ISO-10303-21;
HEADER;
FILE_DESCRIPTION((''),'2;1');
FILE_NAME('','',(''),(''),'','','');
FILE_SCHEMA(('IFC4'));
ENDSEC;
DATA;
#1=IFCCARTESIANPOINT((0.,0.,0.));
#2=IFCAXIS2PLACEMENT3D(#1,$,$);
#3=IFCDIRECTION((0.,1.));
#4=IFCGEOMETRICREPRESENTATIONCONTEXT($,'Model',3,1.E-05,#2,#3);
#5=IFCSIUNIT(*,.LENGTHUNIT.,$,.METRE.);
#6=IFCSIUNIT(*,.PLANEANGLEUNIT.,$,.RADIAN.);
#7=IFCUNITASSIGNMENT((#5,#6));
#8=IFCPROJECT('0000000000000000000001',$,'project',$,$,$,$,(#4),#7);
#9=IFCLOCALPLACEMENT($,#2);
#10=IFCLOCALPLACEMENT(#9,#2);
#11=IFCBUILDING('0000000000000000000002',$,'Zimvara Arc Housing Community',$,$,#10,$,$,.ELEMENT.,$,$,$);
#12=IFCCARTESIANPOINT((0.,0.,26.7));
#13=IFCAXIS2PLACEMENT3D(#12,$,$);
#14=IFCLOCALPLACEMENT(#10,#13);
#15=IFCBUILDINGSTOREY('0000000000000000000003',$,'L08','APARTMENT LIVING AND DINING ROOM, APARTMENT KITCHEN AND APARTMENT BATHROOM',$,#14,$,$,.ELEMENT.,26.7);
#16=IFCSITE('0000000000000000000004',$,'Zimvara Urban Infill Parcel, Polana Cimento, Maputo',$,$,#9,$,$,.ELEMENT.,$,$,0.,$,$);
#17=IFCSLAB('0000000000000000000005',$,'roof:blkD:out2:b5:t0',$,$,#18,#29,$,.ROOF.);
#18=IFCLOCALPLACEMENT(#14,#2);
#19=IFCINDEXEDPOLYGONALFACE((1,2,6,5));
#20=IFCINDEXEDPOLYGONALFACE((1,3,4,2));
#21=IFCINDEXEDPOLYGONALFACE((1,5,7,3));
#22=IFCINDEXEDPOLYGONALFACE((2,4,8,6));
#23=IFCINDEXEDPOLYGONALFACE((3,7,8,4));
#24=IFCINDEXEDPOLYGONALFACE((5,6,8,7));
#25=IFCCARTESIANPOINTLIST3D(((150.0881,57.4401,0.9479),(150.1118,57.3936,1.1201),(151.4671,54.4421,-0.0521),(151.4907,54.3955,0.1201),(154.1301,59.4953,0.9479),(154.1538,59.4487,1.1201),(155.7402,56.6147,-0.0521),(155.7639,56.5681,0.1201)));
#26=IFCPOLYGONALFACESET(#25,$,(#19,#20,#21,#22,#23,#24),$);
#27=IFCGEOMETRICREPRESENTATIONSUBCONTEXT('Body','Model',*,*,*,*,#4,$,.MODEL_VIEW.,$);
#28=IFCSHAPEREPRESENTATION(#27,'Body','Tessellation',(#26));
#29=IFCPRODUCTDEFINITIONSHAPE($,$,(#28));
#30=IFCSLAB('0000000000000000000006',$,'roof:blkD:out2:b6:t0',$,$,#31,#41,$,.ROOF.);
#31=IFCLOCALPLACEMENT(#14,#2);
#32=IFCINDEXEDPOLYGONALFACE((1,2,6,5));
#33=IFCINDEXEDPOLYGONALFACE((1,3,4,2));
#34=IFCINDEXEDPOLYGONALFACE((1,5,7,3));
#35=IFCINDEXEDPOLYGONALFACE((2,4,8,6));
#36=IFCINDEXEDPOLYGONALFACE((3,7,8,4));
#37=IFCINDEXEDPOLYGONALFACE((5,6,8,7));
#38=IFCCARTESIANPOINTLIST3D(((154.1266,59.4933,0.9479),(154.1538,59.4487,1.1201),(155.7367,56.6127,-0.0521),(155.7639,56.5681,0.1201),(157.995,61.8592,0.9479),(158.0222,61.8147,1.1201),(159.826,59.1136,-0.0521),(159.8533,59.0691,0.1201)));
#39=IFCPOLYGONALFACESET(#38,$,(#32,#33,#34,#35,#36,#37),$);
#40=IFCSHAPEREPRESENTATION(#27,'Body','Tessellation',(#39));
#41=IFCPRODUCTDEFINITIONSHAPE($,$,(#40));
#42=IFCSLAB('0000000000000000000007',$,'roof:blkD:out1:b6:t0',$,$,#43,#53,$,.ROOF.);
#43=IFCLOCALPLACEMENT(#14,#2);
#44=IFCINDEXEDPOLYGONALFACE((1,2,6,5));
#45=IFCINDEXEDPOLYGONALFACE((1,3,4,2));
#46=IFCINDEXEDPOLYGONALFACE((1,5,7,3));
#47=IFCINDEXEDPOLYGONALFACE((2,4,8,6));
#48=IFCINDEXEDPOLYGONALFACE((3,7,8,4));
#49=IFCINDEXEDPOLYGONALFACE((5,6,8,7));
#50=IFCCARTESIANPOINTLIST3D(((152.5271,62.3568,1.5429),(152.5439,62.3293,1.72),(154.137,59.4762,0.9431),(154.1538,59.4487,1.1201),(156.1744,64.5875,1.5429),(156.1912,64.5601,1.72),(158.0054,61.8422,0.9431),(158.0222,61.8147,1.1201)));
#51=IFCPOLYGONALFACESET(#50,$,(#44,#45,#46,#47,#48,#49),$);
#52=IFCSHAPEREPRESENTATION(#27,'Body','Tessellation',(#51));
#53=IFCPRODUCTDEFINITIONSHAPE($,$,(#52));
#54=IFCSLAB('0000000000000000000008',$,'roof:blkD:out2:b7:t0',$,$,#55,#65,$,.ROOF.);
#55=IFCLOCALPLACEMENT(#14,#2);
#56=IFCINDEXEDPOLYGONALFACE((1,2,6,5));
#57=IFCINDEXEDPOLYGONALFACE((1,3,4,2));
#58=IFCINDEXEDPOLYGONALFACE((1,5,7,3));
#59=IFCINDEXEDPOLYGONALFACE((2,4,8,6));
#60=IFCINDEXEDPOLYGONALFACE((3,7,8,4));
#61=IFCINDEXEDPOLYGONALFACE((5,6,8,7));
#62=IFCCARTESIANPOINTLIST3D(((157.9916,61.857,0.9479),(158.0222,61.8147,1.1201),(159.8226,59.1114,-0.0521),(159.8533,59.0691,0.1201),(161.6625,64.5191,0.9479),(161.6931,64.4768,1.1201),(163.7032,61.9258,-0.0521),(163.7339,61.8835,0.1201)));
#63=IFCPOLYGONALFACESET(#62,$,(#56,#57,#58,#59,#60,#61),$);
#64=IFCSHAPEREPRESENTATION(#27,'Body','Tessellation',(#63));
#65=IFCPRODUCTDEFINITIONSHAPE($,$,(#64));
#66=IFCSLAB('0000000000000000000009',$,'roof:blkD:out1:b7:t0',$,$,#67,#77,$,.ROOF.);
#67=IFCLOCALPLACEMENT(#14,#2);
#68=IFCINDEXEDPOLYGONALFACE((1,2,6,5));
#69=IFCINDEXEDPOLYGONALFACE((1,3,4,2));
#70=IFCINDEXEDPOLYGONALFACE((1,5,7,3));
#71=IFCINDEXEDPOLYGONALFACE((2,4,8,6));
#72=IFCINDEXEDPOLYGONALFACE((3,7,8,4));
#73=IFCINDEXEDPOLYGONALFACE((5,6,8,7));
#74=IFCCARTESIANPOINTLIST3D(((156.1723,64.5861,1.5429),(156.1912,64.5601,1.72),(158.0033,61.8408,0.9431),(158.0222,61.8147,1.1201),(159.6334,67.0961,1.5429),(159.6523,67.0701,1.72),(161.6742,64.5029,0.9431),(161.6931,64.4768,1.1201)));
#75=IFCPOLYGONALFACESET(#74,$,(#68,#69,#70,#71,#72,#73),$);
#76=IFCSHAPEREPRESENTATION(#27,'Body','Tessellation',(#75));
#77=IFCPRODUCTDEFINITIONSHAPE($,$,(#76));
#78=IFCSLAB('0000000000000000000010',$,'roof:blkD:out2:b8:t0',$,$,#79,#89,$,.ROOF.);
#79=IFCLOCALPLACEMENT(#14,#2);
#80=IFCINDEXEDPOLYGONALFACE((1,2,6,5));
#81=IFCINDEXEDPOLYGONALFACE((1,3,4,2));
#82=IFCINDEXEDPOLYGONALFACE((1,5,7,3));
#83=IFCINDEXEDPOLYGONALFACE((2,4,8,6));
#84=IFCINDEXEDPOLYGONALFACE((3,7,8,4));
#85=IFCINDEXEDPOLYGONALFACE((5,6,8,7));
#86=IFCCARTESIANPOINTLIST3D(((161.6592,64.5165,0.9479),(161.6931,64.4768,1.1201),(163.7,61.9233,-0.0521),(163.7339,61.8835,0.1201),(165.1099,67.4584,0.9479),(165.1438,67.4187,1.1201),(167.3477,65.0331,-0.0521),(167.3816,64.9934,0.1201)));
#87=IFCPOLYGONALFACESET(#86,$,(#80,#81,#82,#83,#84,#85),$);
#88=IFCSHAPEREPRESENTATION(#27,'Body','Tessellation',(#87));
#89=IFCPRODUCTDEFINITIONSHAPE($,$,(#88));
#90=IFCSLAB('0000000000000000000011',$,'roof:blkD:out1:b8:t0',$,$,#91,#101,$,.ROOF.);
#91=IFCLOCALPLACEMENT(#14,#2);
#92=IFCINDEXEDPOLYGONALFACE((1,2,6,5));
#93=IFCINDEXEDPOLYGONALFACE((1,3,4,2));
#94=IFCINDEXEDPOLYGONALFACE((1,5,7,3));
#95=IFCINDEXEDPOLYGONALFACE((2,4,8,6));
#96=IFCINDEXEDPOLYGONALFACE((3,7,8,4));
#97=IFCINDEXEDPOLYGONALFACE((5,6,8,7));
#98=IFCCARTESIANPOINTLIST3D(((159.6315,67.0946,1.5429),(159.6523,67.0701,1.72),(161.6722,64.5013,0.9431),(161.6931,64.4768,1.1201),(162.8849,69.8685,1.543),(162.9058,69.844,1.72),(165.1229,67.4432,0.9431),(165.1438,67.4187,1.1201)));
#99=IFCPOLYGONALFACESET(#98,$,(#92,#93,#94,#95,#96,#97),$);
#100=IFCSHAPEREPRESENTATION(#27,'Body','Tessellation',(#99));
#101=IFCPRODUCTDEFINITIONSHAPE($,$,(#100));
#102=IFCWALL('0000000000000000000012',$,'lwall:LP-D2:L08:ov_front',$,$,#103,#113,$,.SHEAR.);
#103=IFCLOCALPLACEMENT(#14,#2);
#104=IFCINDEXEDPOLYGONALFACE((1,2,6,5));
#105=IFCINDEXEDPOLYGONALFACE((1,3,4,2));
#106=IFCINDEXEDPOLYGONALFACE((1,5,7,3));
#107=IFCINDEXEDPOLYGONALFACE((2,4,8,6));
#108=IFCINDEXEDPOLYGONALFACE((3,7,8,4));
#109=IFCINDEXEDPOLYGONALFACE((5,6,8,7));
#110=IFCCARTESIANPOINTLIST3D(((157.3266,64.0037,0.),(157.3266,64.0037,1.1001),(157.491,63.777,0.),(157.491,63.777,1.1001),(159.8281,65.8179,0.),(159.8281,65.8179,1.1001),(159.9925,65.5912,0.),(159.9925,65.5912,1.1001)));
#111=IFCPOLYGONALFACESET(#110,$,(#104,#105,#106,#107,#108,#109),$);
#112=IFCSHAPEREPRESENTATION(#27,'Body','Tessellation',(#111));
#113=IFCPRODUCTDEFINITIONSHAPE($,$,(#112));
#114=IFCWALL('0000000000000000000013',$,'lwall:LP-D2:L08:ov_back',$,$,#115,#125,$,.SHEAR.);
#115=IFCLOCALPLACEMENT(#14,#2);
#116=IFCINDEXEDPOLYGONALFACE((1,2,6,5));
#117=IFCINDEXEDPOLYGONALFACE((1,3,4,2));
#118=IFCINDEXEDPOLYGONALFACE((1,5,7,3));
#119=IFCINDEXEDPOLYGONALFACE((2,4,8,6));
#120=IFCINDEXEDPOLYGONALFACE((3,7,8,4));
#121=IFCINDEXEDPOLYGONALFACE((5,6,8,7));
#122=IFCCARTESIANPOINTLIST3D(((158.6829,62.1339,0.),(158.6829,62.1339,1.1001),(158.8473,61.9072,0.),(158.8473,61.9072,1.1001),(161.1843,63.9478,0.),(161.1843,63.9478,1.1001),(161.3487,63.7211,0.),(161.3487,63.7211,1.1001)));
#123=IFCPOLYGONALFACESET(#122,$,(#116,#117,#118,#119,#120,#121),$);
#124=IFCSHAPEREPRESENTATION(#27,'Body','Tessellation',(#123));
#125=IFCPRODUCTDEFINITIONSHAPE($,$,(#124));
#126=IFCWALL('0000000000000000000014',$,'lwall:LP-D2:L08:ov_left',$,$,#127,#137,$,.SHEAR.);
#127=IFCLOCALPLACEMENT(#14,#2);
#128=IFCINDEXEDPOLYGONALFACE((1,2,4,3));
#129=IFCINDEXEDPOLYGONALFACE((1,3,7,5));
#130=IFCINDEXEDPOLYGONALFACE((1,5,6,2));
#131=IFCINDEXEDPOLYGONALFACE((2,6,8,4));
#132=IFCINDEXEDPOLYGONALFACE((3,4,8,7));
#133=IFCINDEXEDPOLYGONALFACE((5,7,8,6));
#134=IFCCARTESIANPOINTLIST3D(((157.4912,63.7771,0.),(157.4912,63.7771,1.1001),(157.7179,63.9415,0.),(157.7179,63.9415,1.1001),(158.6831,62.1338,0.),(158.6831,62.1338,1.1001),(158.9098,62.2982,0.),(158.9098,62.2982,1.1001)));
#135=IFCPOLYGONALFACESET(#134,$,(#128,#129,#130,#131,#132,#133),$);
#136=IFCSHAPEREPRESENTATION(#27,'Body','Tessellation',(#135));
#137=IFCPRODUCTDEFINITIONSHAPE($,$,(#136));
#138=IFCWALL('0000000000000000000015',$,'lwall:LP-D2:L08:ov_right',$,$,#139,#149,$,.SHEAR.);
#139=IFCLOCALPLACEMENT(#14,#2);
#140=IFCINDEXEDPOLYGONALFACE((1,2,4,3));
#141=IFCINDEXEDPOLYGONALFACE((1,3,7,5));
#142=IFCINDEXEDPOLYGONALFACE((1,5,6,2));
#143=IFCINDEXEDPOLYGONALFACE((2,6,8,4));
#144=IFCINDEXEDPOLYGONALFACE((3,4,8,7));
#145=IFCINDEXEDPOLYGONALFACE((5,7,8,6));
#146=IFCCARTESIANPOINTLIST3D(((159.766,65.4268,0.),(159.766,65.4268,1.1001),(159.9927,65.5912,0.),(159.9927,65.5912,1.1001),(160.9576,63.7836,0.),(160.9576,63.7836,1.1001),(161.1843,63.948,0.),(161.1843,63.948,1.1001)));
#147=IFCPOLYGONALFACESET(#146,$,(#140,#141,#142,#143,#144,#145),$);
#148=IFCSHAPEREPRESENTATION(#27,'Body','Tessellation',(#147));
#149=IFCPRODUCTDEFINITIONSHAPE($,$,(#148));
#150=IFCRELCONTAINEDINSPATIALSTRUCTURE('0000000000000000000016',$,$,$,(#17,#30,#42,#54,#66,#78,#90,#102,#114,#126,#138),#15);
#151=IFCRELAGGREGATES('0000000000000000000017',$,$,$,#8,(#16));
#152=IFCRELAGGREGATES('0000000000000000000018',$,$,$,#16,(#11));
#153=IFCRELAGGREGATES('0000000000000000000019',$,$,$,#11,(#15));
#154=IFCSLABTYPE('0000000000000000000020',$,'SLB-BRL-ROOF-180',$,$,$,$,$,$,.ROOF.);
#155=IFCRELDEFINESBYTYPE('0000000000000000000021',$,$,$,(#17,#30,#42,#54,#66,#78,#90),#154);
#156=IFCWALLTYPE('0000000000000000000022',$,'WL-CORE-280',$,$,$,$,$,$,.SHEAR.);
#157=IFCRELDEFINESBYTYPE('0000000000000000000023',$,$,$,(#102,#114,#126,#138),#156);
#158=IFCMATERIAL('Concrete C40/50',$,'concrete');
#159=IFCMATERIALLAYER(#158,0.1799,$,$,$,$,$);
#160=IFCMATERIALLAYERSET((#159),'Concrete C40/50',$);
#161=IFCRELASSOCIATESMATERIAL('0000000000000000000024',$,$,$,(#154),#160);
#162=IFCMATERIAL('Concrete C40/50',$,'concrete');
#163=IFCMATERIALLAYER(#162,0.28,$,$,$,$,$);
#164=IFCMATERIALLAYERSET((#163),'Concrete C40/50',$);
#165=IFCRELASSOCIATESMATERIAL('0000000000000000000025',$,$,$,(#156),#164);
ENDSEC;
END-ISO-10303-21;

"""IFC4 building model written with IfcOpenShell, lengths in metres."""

from ifc_helpers import new_model, si_unit, direction, frame, frame_2d, origin, place, context, subcontext, project, spatial, polyline, rectangle, outline, extrude, material, layer, layer_set, type_object, element, save


model = new_model("IFC4")

# Units and contexts
model_context = context("Model", 3, precision=1e-05, world=origin(), true_north=direction((0.0, 1.0)))
body_context = subcontext(model_context, "Body", "Model", "MODEL_VIEW")
ifc_project = project(units=[si_unit("LENGTHUNIT", "METRE"), si_unit("PLANEANGLEUNIT", "RADIAN")], contexts=[model_context])

# Site, building, storey
site_placement = place(None, origin())
site = spatial("IfcSite", under=ifc_project, at=site_placement, Name="Zimvara Urban Infill Parcel, Polana Cimento, Maputo", CompositionType="ELEMENT", RefElevation=0.0)
building_placement = place(site_placement, origin())
building = spatial("IfcBuilding", under=site, at=building_placement, Name="Zimvara Arc Housing Community", CompositionType="ELEMENT")
storey_placement = place(building_placement, frame((0.0, 0.0, 26.7)))
storey = spatial("IfcBuildingStorey", under=building, at=storey_placement, Name="L08", Description="APARTMENT LIVING AND DINING ROOM, APARTMENT KITCHEN AND APARTMENT BATHROOM", CompositionType="ELEMENT", Elevation=26.7)

# Slabs
ifc_material_1 = material(Name="Concrete C40/50", Category="concrete")
ifc_layer_1 = layer(ifc_material_1, 0.1799)
ifc_layer_set_1 = layer_set([ifc_layer_1], Name="Concrete C40/50")
slab_type = type_object("IfcSlabType", Name="SLB-BRL-ROOF-180", PredefinedType="ROOF", material=ifc_layer_set_1)
slab_1_placement = place(storey_placement, frame((155.7639, 56.5681, 0.1201), z_axis=(0.131531, -0.258694, 0.956962), x_axis=(-0.891402, -0.453214, 0.000003)))
element("IfcSlab", 1, at=slab_1_placement, inside=storey, type_object=slab_type, Name="roof:blkD:out2:b5:t0", PredefinedType="ROOF", context=body_context, shape_type="SweptSolid", body=[
    extrude(outline(polyline([(0.0, 0.0), (4.7938, 0.0), (4.6642, -3.4457), (0.1297, -3.4458), (0.0, 0.0)])), origin(), (0.0, 0.0, -1.0), 0.1799),
])
slab_2_placement = place(storey_placement, frame((159.8533, 59.0691, 0.1201), z_axis=(0.151414, -0.247571, 0.956965), x_axis=(-0.853103, -0.521743, 0.000003)))
element("IfcSlab", 2, at=slab_2_placement, inside=storey, type_object=slab_type, Name="roof:blkD:out2:b6:t0", PredefinedType="ROOF", context=body_context, shape_type="SweptSolid", body=[
    extrude(outline(polyline([(0.0, 0.0), (4.7935, 0.0), (4.6642, -3.4458), (0.1296, -3.4459), (0.0, 0.0)])), origin(), (0.0, 0.0, -1.0), 0.1799),
])
slab_3_placement = place(storey_placement, frame((158.0222, 61.8147, 1.1201), z_axis=(0.093385, -0.152686, 0.983853), x_axis=(-0.853091, -0.521761, 0.000001)))
element("IfcSlab", 3, at=slab_3_placement, inside=storey, type_object=slab_type, Name="roof:blkD:out1:b6:t0", PredefinedType="ROOF", context=body_context, shape_type="SweptSolid", body=[
    extrude(outline(polyline([(0.0, 0.0), (4.5346, 0.0), (4.4049, -3.3515), (0.1296, -3.3515), (0.0, 0.0)])), origin(), (0.0, 0.0, -1.0), 0.1799),
])
slab_4_placement = place(storey_placement, frame((163.7339, 61.8835, 0.1201), z_axis=(0.170377, -0.234929, 0.956964), x_axis=(-0.809512, -0.587104, -0.000006)))
element("IfcSlab", 4, at=slab_4_placement, inside=storey, type_object=slab_type, Name="roof:blkD:out2:b7:t0", PredefinedType="ROOF", context=body_context, shape_type="SweptSolid", body=[
    extrude(outline(polyline([(0.0, 0.0), (4.7938, 0.0), (4.6641, -3.4459), (0.1295, -3.4457), (0.0, 0.0)])), origin(), (0.0, 0.0, -1.0), 0.1799),
])
slab_5_placement = place(storey_placement, frame((161.6931, 64.4768, 1.1201), z_axis=(0.105073, -0.14489, 0.983853), x_axis=(-0.809536, -0.58707, 0.0)))
element("IfcSlab", 5, at=slab_5_placement, inside=storey, type_object=slab_type, Name="roof:blkD:out1:b7:t0", PredefinedType="ROOF", context=body_context, shape_type="SweptSolid", body=[
    extrude(outline(polyline([(0.0, 0.0), (4.5346, 0.0), (4.4052, -3.3515), (0.1297, -3.3515), (0.0, 0.0)])), origin(), (0.0, 0.0, -1.0), 0.1799),
])
slab_6_placement = place(storey_placement, frame((167.3816, 64.9934, 0.1201), z_axis=(0.188284, -0.220848, 0.956961), x_axis=(-0.76098, -0.648776, 0.0)))
element("IfcSlab", 6, at=slab_6_placement, inside=storey, type_object=slab_type, Name="roof:blkD:out2:b8:t0", PredefinedType="ROOF", context=body_context, shape_type="SweptSolid", body=[
    extrude(outline(polyline([(0.0, 0.0), (4.7934, 0.0), (4.664, -3.4457), (0.1294, -3.4457), (0.0, 0.0)])), origin(), (0.0, 0.0, -1.0), 0.1799),
])
slab_7_placement = place(storey_placement, frame((165.1438, 67.4187, 1.1201), z_axis=(0.116117, -0.136194, 0.983854), x_axis=(-0.760979, -0.648777, 0.000003)))
element("IfcSlab", 7, at=slab_7_placement, inside=storey, type_object=slab_type, Name="roof:blkD:out1:b8:t0", PredefinedType="ROOF", context=body_context, shape_type="SweptSolid", body=[
    extrude(outline(polyline([(0.0, 0.0), (4.5345, 0.0), (4.4051, -3.3515), (0.1296, -3.3517), (0.0, 0.0)])), origin(), (0.0, 0.0, -1.0), 0.1799),
])

# Walls
ifc_material_2 = material(Name="Concrete C40/50", Category="concrete")
ifc_layer_2 = layer(ifc_material_2, 0.28)
ifc_layer_set_2 = layer_set([ifc_layer_2], Name="Concrete C40/50")
wall_type = type_object("IfcWallType", Name="WL-CORE-280", PredefinedType="SHEAR", material=ifc_layer_set_2)
wall_1_placement = place(storey_placement, frame((157.4089, 63.8904, 0.0), z_axis=(0.0, 0.0, 1.0), x_axis=(0.809511, 0.587105, 0.0)))
element("IfcWall", 8, at=wall_1_placement, inside=storey, type_object=wall_type, Name="lwall:LP-D2:L08:ov_front", PredefinedType="SHEAR", context=body_context, shape_type="SweptSolid", body=[
    extrude(rectangle(XDim=3.0901, YDim=0.28, at=frame_2d((1.5449, 0.0))), origin(), (0.0, 0.0, 1.0), 1.1001),
])
wall_2_placement = place(storey_placement, frame((158.7651, 62.0205, 0.0), z_axis=(0.0, 0.0, 1.0), x_axis=(0.809548, 0.587053, 0.0)))
element("IfcWall", 9, at=wall_2_placement, inside=storey, type_object=wall_type, Name="lwall:LP-D2:L08:ov_back", PredefinedType="SHEAR", context=body_context, shape_type="SweptSolid", body=[
    extrude(rectangle(XDim=3.0898, YDim=0.28, at=frame_2d((1.5449, 0.0))), origin(), (0.0, 0.0, 1.0), 1.1001),
])
wall_3_placement = place(storey_placement, frame((157.6045, 63.8594, 0.0), z_axis=(0.0, 0.0, 1.0), x_axis=(0.587127, -0.809495, 0.0)))
element("IfcWall", 10, at=wall_3_placement, inside=storey, type_object=wall_type, Name="lwall:LP-D2:L08:ov_left", PredefinedType="SHEAR", context=body_context, shape_type="SweptSolid", body=[
    extrude(rectangle(XDim=2.03, YDim=0.28, at=frame_2d((1.0151, 0.0))), origin(), (0.0, 0.0, 1.0), 1.1001),
])
wall_4_placement = place(storey_placement, frame((159.8794, 65.509, 0.0), z_axis=(0.0, 0.0, 1.0), x_axis=(0.587048, -0.809552, 0.0)))
element("IfcWall", 11, at=wall_4_placement, inside=storey, type_object=wall_type, Name="lwall:LP-D2:L08:ov_right", PredefinedType="SHEAR", context=body_context, shape_type="SweptSolid", body=[
    extrude(rectangle(XDim=2.0298, YDim=0.28, at=frame_2d((1.0149, 0.0))), origin(), (0.0, 0.0, 1.0), 1.1001),
])

save(model, "model.ifc")
